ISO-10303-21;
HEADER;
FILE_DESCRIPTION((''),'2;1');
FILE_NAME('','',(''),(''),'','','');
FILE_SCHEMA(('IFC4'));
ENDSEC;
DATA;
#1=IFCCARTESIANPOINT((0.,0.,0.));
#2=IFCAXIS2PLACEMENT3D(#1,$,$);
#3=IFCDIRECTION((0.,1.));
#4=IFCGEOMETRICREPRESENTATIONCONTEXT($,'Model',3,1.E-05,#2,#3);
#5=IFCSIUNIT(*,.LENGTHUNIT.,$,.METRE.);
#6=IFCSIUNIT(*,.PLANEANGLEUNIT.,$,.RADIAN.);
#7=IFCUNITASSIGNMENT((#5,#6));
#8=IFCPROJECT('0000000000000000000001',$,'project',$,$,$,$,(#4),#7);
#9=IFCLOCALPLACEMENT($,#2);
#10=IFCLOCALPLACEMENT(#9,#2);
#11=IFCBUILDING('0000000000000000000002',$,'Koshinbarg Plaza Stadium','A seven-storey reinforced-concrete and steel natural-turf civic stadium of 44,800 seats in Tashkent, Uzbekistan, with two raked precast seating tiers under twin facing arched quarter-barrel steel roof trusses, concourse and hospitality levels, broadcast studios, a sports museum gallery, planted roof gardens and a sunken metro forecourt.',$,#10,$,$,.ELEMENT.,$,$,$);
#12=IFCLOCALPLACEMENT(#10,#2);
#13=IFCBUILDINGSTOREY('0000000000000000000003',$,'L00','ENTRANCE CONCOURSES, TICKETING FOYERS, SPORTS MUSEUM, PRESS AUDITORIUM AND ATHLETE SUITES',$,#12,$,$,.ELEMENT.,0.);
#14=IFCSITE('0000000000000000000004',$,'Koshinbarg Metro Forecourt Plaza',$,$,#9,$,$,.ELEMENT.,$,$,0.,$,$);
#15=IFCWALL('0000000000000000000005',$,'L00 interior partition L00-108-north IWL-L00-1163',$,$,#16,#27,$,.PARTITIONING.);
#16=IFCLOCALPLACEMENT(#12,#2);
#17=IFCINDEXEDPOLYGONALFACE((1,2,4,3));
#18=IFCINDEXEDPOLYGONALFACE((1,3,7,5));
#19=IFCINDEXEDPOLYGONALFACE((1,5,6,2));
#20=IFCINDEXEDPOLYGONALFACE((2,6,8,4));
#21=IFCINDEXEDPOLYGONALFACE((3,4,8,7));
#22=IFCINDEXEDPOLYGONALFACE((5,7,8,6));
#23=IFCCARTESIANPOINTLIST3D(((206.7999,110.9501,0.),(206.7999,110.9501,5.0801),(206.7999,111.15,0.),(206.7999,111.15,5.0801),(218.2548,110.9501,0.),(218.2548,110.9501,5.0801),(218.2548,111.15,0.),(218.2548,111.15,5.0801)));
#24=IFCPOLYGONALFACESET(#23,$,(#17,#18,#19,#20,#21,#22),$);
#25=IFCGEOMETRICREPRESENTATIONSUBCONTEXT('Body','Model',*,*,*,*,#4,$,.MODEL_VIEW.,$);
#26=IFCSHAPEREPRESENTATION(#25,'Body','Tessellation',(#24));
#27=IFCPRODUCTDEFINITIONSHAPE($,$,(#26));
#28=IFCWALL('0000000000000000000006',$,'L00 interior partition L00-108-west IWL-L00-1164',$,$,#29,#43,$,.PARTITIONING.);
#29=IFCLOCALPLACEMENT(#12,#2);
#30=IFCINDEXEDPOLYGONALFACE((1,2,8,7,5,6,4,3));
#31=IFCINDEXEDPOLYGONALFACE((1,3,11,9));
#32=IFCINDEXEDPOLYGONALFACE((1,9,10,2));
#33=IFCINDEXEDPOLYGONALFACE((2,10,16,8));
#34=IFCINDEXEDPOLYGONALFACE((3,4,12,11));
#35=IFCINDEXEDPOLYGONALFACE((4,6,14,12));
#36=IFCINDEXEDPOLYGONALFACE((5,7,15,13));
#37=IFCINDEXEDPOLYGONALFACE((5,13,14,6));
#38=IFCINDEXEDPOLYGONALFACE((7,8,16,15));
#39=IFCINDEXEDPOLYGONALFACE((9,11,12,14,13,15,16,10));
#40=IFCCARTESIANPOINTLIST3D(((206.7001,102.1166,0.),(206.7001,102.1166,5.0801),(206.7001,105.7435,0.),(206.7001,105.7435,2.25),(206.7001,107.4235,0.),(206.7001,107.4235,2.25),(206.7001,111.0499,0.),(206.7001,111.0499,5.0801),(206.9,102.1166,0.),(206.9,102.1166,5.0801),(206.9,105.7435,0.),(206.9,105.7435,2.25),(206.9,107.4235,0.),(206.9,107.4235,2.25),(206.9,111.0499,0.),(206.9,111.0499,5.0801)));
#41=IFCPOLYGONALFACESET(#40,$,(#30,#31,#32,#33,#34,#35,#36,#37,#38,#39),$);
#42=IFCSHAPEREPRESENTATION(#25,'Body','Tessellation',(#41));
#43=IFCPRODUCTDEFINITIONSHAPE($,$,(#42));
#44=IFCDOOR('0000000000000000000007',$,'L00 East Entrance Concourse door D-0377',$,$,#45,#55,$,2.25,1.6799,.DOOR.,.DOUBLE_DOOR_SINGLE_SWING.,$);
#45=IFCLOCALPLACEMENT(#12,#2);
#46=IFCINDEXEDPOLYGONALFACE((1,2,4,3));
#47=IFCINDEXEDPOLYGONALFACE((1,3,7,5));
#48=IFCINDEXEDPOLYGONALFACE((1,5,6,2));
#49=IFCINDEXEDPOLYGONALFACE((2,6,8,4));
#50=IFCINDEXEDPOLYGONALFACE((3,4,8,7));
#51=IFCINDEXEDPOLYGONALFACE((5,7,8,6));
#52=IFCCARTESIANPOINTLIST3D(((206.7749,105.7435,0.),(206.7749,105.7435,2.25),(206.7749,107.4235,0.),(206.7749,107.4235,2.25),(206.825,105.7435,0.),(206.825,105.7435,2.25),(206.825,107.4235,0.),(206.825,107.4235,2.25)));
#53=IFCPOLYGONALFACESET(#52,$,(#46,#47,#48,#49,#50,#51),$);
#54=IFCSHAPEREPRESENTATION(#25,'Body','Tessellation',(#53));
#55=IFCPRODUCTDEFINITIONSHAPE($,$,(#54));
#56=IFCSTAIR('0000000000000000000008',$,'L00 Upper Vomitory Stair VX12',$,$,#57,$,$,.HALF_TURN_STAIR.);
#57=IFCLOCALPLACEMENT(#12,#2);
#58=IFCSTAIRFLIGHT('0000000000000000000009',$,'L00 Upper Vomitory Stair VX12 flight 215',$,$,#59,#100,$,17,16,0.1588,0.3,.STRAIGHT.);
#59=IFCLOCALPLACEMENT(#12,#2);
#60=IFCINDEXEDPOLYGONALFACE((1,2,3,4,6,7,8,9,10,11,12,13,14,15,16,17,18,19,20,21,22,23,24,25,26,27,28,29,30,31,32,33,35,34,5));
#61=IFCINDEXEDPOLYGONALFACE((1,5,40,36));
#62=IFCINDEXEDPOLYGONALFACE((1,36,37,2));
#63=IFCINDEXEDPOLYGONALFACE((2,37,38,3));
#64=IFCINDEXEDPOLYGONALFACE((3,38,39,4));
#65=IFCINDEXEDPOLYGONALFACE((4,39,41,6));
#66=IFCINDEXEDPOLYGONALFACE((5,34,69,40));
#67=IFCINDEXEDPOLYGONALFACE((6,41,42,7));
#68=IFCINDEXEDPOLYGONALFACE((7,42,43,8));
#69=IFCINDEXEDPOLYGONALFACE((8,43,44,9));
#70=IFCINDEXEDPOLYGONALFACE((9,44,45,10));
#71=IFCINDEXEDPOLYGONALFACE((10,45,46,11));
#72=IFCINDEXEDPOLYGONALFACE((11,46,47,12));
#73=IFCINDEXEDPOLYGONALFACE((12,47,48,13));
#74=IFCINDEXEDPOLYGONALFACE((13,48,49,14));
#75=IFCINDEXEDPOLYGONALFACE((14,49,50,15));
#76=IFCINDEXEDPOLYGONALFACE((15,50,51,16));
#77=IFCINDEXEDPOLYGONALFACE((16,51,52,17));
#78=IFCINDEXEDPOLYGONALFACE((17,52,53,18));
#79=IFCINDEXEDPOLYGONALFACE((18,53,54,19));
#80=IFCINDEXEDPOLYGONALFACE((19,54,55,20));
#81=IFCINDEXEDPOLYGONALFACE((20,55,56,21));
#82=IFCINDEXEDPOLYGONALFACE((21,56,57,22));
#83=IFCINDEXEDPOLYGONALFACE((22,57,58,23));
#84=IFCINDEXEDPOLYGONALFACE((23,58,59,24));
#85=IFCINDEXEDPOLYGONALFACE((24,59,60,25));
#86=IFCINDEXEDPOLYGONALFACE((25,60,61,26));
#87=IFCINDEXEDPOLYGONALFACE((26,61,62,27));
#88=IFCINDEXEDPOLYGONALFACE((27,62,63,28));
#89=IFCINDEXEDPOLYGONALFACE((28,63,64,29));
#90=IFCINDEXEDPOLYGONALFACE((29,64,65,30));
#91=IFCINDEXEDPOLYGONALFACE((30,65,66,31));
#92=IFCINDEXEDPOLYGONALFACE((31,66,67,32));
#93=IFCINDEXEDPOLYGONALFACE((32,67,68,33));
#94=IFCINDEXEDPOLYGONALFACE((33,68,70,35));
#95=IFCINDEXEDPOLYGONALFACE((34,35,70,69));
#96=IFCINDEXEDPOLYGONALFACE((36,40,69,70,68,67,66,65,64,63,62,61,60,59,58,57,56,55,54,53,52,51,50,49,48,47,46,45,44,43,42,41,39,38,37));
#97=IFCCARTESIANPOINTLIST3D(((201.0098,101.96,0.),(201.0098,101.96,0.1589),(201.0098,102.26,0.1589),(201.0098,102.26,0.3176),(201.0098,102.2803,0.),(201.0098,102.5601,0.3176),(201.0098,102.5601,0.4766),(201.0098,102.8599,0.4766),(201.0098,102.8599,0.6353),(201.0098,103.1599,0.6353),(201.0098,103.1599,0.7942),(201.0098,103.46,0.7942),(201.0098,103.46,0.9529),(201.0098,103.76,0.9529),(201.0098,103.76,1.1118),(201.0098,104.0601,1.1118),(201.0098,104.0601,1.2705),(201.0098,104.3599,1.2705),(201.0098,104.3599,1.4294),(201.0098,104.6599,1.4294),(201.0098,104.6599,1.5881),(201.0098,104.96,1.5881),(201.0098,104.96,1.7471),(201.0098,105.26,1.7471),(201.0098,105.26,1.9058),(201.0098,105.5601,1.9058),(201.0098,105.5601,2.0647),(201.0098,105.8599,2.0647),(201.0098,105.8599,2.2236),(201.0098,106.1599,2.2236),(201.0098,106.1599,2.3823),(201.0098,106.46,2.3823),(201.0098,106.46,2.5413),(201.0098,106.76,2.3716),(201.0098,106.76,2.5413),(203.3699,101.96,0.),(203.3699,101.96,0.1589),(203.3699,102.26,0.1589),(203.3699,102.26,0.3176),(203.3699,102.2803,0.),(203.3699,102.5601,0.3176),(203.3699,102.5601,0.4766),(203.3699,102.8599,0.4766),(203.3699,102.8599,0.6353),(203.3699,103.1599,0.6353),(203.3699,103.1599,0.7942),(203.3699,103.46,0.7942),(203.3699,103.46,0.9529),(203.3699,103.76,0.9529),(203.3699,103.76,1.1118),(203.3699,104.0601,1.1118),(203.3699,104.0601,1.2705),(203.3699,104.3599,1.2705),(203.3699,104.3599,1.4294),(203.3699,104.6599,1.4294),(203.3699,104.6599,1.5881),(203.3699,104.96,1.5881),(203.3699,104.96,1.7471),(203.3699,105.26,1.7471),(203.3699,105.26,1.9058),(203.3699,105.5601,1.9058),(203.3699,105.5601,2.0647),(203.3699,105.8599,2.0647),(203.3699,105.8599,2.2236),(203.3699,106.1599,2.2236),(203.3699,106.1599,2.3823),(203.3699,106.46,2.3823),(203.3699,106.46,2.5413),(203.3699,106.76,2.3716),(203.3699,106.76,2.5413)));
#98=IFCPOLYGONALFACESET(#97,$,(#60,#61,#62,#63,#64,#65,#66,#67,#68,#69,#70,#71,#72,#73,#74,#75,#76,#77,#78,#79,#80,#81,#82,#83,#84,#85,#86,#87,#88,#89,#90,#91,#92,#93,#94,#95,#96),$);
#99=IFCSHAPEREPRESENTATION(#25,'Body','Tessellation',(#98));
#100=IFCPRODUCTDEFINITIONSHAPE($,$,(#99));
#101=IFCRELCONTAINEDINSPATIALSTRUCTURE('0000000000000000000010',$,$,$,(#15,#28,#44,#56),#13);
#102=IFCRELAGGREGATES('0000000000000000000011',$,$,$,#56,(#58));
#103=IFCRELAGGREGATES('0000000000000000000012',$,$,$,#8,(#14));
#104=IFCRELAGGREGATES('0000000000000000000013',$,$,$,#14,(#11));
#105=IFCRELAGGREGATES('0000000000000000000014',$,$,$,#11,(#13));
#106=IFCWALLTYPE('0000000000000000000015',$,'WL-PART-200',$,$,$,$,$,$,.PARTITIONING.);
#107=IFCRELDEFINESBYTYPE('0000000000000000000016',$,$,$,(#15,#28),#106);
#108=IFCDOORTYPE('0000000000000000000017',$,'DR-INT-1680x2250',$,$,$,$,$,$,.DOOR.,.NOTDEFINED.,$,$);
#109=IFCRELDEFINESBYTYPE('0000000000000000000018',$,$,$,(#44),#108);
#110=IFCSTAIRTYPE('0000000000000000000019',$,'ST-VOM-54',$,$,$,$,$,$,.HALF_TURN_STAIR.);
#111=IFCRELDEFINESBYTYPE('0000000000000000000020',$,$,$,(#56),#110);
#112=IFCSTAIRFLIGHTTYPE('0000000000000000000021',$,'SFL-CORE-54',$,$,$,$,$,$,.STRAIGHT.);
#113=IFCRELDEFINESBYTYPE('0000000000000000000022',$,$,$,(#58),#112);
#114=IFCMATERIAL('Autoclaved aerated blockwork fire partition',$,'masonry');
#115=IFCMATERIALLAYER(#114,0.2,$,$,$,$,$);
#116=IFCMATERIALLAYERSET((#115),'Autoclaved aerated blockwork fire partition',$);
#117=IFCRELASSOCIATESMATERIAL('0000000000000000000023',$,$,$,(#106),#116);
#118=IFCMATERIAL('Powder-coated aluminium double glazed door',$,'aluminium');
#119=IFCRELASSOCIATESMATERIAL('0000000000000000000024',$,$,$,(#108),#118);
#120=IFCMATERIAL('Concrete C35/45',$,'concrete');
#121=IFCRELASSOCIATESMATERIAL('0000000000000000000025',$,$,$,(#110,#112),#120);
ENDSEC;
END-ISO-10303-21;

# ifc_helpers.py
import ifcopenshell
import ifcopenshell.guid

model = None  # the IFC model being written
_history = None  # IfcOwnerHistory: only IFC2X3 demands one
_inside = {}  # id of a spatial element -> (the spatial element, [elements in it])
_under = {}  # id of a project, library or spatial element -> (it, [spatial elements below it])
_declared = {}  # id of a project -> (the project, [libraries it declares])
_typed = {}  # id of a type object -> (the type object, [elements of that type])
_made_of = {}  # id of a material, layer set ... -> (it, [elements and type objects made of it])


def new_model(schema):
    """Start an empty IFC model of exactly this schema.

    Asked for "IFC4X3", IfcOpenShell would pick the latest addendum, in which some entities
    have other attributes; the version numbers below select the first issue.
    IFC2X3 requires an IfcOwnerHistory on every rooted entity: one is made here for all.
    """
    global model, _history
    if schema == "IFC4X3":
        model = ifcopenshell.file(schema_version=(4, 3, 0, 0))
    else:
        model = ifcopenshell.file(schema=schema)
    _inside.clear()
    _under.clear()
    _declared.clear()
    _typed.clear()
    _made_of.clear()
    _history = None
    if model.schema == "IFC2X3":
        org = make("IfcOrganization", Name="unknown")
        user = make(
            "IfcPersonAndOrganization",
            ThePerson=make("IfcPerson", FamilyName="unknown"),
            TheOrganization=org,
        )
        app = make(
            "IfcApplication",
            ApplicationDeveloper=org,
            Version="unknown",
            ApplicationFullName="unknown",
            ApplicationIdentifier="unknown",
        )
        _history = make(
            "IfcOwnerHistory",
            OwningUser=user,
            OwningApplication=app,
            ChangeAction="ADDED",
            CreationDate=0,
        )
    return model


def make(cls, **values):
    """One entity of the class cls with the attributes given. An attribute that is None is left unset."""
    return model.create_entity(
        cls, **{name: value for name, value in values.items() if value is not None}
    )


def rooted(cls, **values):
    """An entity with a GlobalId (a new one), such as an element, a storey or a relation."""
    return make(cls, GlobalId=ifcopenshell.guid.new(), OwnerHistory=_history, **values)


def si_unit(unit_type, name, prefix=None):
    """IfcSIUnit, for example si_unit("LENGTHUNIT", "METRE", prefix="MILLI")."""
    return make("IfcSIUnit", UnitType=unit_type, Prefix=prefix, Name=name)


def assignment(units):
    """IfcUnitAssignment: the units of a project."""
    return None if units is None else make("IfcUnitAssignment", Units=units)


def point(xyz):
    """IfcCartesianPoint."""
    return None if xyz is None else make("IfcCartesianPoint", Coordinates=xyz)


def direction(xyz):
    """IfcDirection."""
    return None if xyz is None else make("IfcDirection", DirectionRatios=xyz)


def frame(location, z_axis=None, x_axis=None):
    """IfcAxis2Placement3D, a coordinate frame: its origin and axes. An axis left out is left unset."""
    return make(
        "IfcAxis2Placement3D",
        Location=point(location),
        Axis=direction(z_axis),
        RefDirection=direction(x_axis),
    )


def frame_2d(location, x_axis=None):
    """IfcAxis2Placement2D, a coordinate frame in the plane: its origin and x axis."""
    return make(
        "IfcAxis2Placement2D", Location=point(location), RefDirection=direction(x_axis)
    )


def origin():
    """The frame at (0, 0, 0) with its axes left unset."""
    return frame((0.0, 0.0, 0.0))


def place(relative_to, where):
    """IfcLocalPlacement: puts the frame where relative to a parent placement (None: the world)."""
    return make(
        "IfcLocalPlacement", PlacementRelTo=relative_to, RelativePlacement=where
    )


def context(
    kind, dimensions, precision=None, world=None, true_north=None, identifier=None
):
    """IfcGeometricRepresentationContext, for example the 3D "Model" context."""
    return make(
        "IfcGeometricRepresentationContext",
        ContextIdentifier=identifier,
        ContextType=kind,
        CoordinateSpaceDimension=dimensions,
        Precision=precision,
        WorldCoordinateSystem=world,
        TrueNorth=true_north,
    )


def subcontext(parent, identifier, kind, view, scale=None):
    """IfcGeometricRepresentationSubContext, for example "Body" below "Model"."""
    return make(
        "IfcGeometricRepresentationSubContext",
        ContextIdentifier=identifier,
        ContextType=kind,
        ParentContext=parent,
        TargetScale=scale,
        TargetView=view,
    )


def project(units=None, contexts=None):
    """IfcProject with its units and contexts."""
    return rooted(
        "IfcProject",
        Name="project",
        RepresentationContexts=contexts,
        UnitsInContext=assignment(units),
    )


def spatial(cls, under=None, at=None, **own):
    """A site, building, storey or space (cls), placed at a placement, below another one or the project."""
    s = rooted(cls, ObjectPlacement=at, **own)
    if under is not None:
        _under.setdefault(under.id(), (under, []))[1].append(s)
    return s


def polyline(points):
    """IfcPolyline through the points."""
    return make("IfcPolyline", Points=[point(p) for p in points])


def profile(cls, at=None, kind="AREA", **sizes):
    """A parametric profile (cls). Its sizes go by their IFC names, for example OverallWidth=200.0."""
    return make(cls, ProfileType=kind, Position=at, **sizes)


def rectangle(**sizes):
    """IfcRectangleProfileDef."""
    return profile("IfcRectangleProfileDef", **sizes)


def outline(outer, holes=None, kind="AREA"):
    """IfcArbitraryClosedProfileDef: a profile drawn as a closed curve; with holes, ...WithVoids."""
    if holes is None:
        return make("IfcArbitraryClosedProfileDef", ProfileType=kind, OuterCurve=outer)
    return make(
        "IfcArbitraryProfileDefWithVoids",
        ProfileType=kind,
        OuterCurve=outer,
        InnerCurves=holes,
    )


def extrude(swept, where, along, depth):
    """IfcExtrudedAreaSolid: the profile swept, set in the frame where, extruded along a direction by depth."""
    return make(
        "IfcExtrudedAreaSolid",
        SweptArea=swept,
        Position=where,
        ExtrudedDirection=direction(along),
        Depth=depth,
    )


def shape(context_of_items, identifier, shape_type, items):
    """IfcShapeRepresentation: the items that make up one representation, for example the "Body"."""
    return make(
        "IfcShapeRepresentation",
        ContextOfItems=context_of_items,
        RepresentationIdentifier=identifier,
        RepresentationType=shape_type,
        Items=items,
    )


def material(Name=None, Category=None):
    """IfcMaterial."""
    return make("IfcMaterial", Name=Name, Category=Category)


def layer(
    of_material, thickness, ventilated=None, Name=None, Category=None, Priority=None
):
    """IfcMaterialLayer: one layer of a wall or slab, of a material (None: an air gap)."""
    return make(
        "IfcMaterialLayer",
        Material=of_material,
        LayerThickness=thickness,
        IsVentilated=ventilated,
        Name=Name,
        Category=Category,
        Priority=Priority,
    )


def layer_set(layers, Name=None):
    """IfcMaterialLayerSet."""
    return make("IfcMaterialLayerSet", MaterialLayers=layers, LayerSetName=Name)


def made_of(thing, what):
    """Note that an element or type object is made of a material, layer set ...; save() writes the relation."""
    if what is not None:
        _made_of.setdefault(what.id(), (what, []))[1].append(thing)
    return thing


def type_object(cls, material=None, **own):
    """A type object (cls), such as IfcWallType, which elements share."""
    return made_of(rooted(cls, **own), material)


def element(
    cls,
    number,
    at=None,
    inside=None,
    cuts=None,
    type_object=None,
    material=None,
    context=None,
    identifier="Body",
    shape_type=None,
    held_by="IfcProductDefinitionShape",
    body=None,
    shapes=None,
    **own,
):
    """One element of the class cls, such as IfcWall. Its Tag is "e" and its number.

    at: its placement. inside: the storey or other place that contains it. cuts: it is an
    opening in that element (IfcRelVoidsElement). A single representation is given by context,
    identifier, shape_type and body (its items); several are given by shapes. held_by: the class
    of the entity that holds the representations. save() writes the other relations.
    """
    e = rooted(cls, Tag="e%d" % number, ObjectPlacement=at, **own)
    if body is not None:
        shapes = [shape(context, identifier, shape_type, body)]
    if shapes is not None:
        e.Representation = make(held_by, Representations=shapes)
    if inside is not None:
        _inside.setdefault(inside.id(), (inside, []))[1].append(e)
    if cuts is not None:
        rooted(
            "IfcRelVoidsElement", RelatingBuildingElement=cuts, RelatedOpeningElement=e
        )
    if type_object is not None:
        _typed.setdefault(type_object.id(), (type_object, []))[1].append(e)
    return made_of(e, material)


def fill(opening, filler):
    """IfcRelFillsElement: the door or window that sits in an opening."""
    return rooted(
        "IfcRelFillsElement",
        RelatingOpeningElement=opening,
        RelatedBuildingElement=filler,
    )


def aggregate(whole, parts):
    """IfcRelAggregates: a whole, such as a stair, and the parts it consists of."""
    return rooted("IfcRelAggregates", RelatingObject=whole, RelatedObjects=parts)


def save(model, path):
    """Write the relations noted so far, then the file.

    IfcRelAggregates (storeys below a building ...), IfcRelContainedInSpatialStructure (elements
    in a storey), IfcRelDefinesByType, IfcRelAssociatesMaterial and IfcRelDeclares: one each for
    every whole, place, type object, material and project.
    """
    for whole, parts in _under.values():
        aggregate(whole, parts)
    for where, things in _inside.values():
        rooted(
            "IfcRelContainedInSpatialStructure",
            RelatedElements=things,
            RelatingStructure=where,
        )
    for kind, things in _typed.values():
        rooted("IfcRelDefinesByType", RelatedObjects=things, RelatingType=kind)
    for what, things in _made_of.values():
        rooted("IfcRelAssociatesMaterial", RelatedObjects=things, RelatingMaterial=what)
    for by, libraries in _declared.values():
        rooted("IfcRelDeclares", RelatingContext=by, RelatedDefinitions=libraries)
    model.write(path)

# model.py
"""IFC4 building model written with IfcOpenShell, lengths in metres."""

from ifc_helpers import new_model, si_unit, direction, frame, frame_2d, origin, place, context, subcontext, project, spatial, polyline, rectangle, outline, extrude, material, layer, layer_set, type_object, element, fill, aggregate, save


model = new_model("IFC4")

# Units and contexts
model_context = context("Model", 3, precision=1e-05, world=origin(), true_north=direction((0.0, 1.0)))
body_context = subcontext(model_context, "Body", "Model", "MODEL_VIEW")
ifc_project = project(units=[si_unit("LENGTHUNIT", "METRE"), si_unit("PLANEANGLEUNIT", "RADIAN")], contexts=[model_context])

# Site, building, storey
site_placement = place(None, origin())
site = spatial("IfcSite", under=ifc_project, at=site_placement, Name="Koshinbarg Metro Forecourt Plaza", CompositionType="ELEMENT", RefElevation=0.0)
building_placement = place(site_placement, origin())
building = spatial("IfcBuilding", under=site, at=building_placement, Name="Koshinbarg Plaza Stadium", Description="A seven-storey reinforced-concrete and steel natural-turf civic stadium of 44,800 seats in Tashkent, Uzbekistan, with two raked precast seating tiers under twin facing arched quarter-barrel steel roof trusses, concourse and hospitality levels, broadcast studios, a sports museum gallery, planted roof gardens and a sunken metro forecourt.", CompositionType="ELEMENT")
storey_placement = place(building_placement, origin())
storey = spatial("IfcBuildingStorey", under=building, at=storey_placement, Name="L00", Description="ENTRANCE CONCOURSES, TICKETING FOYERS, SPORTS MUSEUM, PRESS AUDITORIUM AND ATHLETE SUITES", CompositionType="ELEMENT", Elevation=0.0)

# Shared definitions
ifc_material_1 = material(Name="Concrete C35/45", Category="concrete")

# Wall
ifc_material_2 = material(Name="Autoclaved aerated blockwork fire partition", Category="masonry")
ifc_layer_1 = layer(ifc_material_2, 0.2)
ifc_layer_set_1 = layer_set([ifc_layer_1], Name="Autoclaved aerated blockwork fire partition")
wall_type_1 = type_object("IfcWallType", Name="WL-PART-200", PredefinedType="PARTITIONING", material=ifc_layer_set_1)
for number, where, z_axis, x_axis, name in (
    (1, (218.2549, 111.05, 0.0), (0.0, 0.0, 1.0), (-1.0, 0.0, 0.0), "L00 interior partition L00-108-north IWL-L00-1163"),
):
    element("IfcWall", number, at=place(storey_placement, frame(where, z_axis=z_axis, x_axis=x_axis)), inside=storey, type_object=wall_type_1, Name=name, PredefinedType="PARTITIONING", context=body_context, shape_type="SweptSolid", body=[
        extrude(rectangle(XDim=11.4548, YDim=0.2, at=frame_2d((5.7275, 0.0))), origin(), (0.0, 0.0, 1.0), 5.0801),
    ])

# Wall, opening, door
wall_1_placement = place(storey_placement, frame((206.8, 111.05, 0.0), z_axis=(0.0, 0.0, 1.0), x_axis=(0.0, -1.0, 0.0)))
wall_1 = element("IfcWall", 2, at=wall_1_placement, inside=storey, type_object=wall_type_1, Name="L00 interior partition L00-108-west IWL-L00-1164", PredefinedType="PARTITIONING", context=body_context, shape_type="SweptSolid", body=[
    extrude(rectangle(XDim=8.9333, YDim=0.2, at=frame_2d((4.4668, 0.0))), origin(), (0.0, 0.0, 1.0), 5.0801),
])
opening_1_placement = place(wall_1_placement, frame((3.6267, 0.0, 0.0)))
opening_1 = element("IfcOpeningElement", 3, at=opening_1_placement, cuts=wall_1, PredefinedType="OPENING", context=body_context, shape_type="SweptSolid", body=[
    extrude(rectangle(XDim=1.6799, YDim=2.25, at=frame_2d((0.8398, 1.125))), frame((0.0, 0.1099, 0.0), z_axis=(0.0, -1.0, 0.0), x_axis=(1.0, 0.0, 0.0)), (0.0, 0.0, 1.0), 0.22),
])
ifc_material_3 = material(Name="Powder-coated aluminium double glazed door", Category="aluminium")
door_type_1 = type_object("IfcDoorType", Name="DR-INT-1680x2250", OperationType="NOTDEFINED", PredefinedType="DOOR", material=ifc_material_3)
door_1_placement = place(opening_1_placement, origin())
door_1 = element("IfcDoor", 4, at=door_1_placement, inside=storey, type_object=door_type_1, Name="L00 East Entrance Concourse door D-0377", OperationType="DOUBLE_DOOR_SINGLE_SWING", OverallHeight=2.25, OverallWidth=1.6799, PredefinedType="DOOR", context=body_context, shape_type="SweptSolid", body=[
    extrude(rectangle(XDim=1.6799, YDim=2.25, at=frame_2d((0.8398, 1.125))), frame((0.0, 0.0249, 0.0), z_axis=(0.0, -1.0, 0.0), x_axis=(1.0, 0.0, 0.0)), (0.0, 0.0, 1.0), 0.05),
])
fill(opening_1, door_1)

# Stair, stair flight
stair_type = type_object("IfcStairType", Name="ST-VOM-54", PredefinedType="HALF_TURN_STAIR", material=ifc_material_1)
stair_placement = place(storey_placement, origin())
stair = element("IfcStair", 5, at=stair_placement, inside=storey, type_object=stair_type, Name="L00 Upper Vomitory Stair VX12", PredefinedType="HALF_TURN_STAIR")
stair_flight_type = type_object("IfcStairFlightType", Name="SFL-CORE-54", PredefinedType="STRAIGHT", material=ifc_material_1)
stair_flight_placement = place(storey_placement, frame((202.1899, 101.96, 0.0), z_axis=(0.0, 0.0, 1.0), x_axis=(0.0, 1.0, 0.0)))
stair_flight = element("IfcStairFlight", 6, at=stair_flight_placement, type_object=stair_flight_type, Name="L00 Upper Vomitory Stair VX12 flight 215", NumberOfRisers=17, NumberOfTreads=16, PredefinedType="STRAIGHT", RiserHeight=0.1588, TreadLength=0.3, context=body_context, shape_type="SweptSolid", body=[
    extrude(outline(polyline([(0.0, 0.0), (0.0, 0.1589), (0.3, 0.1589), (0.3, 0.3176), (0.6001, 0.3176), (0.6001, 0.4766), (0.8999, 0.4766), (0.8999, 0.6353), (1.2, 0.6353), (1.2, 0.7942), (1.5, 0.7942), (1.5, 0.9529), (1.8, 0.9529), (1.8, 1.1118), (2.1001, 1.1118), (2.1001, 1.2705), (2.3999, 1.2705), (2.3999, 1.4294), (2.7, 1.4294), (2.7, 1.5881), (3.0, 1.5881), (3.0, 1.7471), (3.3, 1.7471), (3.3, 1.9058), (3.6001, 1.9058), (3.6001, 2.0647), (3.8999, 2.0647), (3.8999, 2.2236), (4.2, 2.2236), (4.2, 2.3823), (4.5, 2.3823), (4.5, 2.5413), (4.8, 2.5413), (4.8, 2.7), (4.8, 2.3716), (0.3203, 0.0), (0.0, 0.0)])), frame((0.0, 1.1802, 0.0), z_axis=(0.0, -1.0, 0.0), x_axis=(1.0, 0.0, 0.0)), (0.0, 0.0, 1.0), 2.3601),
])
aggregate(stair, [stair_flight])

save(model, "model.ifc")
